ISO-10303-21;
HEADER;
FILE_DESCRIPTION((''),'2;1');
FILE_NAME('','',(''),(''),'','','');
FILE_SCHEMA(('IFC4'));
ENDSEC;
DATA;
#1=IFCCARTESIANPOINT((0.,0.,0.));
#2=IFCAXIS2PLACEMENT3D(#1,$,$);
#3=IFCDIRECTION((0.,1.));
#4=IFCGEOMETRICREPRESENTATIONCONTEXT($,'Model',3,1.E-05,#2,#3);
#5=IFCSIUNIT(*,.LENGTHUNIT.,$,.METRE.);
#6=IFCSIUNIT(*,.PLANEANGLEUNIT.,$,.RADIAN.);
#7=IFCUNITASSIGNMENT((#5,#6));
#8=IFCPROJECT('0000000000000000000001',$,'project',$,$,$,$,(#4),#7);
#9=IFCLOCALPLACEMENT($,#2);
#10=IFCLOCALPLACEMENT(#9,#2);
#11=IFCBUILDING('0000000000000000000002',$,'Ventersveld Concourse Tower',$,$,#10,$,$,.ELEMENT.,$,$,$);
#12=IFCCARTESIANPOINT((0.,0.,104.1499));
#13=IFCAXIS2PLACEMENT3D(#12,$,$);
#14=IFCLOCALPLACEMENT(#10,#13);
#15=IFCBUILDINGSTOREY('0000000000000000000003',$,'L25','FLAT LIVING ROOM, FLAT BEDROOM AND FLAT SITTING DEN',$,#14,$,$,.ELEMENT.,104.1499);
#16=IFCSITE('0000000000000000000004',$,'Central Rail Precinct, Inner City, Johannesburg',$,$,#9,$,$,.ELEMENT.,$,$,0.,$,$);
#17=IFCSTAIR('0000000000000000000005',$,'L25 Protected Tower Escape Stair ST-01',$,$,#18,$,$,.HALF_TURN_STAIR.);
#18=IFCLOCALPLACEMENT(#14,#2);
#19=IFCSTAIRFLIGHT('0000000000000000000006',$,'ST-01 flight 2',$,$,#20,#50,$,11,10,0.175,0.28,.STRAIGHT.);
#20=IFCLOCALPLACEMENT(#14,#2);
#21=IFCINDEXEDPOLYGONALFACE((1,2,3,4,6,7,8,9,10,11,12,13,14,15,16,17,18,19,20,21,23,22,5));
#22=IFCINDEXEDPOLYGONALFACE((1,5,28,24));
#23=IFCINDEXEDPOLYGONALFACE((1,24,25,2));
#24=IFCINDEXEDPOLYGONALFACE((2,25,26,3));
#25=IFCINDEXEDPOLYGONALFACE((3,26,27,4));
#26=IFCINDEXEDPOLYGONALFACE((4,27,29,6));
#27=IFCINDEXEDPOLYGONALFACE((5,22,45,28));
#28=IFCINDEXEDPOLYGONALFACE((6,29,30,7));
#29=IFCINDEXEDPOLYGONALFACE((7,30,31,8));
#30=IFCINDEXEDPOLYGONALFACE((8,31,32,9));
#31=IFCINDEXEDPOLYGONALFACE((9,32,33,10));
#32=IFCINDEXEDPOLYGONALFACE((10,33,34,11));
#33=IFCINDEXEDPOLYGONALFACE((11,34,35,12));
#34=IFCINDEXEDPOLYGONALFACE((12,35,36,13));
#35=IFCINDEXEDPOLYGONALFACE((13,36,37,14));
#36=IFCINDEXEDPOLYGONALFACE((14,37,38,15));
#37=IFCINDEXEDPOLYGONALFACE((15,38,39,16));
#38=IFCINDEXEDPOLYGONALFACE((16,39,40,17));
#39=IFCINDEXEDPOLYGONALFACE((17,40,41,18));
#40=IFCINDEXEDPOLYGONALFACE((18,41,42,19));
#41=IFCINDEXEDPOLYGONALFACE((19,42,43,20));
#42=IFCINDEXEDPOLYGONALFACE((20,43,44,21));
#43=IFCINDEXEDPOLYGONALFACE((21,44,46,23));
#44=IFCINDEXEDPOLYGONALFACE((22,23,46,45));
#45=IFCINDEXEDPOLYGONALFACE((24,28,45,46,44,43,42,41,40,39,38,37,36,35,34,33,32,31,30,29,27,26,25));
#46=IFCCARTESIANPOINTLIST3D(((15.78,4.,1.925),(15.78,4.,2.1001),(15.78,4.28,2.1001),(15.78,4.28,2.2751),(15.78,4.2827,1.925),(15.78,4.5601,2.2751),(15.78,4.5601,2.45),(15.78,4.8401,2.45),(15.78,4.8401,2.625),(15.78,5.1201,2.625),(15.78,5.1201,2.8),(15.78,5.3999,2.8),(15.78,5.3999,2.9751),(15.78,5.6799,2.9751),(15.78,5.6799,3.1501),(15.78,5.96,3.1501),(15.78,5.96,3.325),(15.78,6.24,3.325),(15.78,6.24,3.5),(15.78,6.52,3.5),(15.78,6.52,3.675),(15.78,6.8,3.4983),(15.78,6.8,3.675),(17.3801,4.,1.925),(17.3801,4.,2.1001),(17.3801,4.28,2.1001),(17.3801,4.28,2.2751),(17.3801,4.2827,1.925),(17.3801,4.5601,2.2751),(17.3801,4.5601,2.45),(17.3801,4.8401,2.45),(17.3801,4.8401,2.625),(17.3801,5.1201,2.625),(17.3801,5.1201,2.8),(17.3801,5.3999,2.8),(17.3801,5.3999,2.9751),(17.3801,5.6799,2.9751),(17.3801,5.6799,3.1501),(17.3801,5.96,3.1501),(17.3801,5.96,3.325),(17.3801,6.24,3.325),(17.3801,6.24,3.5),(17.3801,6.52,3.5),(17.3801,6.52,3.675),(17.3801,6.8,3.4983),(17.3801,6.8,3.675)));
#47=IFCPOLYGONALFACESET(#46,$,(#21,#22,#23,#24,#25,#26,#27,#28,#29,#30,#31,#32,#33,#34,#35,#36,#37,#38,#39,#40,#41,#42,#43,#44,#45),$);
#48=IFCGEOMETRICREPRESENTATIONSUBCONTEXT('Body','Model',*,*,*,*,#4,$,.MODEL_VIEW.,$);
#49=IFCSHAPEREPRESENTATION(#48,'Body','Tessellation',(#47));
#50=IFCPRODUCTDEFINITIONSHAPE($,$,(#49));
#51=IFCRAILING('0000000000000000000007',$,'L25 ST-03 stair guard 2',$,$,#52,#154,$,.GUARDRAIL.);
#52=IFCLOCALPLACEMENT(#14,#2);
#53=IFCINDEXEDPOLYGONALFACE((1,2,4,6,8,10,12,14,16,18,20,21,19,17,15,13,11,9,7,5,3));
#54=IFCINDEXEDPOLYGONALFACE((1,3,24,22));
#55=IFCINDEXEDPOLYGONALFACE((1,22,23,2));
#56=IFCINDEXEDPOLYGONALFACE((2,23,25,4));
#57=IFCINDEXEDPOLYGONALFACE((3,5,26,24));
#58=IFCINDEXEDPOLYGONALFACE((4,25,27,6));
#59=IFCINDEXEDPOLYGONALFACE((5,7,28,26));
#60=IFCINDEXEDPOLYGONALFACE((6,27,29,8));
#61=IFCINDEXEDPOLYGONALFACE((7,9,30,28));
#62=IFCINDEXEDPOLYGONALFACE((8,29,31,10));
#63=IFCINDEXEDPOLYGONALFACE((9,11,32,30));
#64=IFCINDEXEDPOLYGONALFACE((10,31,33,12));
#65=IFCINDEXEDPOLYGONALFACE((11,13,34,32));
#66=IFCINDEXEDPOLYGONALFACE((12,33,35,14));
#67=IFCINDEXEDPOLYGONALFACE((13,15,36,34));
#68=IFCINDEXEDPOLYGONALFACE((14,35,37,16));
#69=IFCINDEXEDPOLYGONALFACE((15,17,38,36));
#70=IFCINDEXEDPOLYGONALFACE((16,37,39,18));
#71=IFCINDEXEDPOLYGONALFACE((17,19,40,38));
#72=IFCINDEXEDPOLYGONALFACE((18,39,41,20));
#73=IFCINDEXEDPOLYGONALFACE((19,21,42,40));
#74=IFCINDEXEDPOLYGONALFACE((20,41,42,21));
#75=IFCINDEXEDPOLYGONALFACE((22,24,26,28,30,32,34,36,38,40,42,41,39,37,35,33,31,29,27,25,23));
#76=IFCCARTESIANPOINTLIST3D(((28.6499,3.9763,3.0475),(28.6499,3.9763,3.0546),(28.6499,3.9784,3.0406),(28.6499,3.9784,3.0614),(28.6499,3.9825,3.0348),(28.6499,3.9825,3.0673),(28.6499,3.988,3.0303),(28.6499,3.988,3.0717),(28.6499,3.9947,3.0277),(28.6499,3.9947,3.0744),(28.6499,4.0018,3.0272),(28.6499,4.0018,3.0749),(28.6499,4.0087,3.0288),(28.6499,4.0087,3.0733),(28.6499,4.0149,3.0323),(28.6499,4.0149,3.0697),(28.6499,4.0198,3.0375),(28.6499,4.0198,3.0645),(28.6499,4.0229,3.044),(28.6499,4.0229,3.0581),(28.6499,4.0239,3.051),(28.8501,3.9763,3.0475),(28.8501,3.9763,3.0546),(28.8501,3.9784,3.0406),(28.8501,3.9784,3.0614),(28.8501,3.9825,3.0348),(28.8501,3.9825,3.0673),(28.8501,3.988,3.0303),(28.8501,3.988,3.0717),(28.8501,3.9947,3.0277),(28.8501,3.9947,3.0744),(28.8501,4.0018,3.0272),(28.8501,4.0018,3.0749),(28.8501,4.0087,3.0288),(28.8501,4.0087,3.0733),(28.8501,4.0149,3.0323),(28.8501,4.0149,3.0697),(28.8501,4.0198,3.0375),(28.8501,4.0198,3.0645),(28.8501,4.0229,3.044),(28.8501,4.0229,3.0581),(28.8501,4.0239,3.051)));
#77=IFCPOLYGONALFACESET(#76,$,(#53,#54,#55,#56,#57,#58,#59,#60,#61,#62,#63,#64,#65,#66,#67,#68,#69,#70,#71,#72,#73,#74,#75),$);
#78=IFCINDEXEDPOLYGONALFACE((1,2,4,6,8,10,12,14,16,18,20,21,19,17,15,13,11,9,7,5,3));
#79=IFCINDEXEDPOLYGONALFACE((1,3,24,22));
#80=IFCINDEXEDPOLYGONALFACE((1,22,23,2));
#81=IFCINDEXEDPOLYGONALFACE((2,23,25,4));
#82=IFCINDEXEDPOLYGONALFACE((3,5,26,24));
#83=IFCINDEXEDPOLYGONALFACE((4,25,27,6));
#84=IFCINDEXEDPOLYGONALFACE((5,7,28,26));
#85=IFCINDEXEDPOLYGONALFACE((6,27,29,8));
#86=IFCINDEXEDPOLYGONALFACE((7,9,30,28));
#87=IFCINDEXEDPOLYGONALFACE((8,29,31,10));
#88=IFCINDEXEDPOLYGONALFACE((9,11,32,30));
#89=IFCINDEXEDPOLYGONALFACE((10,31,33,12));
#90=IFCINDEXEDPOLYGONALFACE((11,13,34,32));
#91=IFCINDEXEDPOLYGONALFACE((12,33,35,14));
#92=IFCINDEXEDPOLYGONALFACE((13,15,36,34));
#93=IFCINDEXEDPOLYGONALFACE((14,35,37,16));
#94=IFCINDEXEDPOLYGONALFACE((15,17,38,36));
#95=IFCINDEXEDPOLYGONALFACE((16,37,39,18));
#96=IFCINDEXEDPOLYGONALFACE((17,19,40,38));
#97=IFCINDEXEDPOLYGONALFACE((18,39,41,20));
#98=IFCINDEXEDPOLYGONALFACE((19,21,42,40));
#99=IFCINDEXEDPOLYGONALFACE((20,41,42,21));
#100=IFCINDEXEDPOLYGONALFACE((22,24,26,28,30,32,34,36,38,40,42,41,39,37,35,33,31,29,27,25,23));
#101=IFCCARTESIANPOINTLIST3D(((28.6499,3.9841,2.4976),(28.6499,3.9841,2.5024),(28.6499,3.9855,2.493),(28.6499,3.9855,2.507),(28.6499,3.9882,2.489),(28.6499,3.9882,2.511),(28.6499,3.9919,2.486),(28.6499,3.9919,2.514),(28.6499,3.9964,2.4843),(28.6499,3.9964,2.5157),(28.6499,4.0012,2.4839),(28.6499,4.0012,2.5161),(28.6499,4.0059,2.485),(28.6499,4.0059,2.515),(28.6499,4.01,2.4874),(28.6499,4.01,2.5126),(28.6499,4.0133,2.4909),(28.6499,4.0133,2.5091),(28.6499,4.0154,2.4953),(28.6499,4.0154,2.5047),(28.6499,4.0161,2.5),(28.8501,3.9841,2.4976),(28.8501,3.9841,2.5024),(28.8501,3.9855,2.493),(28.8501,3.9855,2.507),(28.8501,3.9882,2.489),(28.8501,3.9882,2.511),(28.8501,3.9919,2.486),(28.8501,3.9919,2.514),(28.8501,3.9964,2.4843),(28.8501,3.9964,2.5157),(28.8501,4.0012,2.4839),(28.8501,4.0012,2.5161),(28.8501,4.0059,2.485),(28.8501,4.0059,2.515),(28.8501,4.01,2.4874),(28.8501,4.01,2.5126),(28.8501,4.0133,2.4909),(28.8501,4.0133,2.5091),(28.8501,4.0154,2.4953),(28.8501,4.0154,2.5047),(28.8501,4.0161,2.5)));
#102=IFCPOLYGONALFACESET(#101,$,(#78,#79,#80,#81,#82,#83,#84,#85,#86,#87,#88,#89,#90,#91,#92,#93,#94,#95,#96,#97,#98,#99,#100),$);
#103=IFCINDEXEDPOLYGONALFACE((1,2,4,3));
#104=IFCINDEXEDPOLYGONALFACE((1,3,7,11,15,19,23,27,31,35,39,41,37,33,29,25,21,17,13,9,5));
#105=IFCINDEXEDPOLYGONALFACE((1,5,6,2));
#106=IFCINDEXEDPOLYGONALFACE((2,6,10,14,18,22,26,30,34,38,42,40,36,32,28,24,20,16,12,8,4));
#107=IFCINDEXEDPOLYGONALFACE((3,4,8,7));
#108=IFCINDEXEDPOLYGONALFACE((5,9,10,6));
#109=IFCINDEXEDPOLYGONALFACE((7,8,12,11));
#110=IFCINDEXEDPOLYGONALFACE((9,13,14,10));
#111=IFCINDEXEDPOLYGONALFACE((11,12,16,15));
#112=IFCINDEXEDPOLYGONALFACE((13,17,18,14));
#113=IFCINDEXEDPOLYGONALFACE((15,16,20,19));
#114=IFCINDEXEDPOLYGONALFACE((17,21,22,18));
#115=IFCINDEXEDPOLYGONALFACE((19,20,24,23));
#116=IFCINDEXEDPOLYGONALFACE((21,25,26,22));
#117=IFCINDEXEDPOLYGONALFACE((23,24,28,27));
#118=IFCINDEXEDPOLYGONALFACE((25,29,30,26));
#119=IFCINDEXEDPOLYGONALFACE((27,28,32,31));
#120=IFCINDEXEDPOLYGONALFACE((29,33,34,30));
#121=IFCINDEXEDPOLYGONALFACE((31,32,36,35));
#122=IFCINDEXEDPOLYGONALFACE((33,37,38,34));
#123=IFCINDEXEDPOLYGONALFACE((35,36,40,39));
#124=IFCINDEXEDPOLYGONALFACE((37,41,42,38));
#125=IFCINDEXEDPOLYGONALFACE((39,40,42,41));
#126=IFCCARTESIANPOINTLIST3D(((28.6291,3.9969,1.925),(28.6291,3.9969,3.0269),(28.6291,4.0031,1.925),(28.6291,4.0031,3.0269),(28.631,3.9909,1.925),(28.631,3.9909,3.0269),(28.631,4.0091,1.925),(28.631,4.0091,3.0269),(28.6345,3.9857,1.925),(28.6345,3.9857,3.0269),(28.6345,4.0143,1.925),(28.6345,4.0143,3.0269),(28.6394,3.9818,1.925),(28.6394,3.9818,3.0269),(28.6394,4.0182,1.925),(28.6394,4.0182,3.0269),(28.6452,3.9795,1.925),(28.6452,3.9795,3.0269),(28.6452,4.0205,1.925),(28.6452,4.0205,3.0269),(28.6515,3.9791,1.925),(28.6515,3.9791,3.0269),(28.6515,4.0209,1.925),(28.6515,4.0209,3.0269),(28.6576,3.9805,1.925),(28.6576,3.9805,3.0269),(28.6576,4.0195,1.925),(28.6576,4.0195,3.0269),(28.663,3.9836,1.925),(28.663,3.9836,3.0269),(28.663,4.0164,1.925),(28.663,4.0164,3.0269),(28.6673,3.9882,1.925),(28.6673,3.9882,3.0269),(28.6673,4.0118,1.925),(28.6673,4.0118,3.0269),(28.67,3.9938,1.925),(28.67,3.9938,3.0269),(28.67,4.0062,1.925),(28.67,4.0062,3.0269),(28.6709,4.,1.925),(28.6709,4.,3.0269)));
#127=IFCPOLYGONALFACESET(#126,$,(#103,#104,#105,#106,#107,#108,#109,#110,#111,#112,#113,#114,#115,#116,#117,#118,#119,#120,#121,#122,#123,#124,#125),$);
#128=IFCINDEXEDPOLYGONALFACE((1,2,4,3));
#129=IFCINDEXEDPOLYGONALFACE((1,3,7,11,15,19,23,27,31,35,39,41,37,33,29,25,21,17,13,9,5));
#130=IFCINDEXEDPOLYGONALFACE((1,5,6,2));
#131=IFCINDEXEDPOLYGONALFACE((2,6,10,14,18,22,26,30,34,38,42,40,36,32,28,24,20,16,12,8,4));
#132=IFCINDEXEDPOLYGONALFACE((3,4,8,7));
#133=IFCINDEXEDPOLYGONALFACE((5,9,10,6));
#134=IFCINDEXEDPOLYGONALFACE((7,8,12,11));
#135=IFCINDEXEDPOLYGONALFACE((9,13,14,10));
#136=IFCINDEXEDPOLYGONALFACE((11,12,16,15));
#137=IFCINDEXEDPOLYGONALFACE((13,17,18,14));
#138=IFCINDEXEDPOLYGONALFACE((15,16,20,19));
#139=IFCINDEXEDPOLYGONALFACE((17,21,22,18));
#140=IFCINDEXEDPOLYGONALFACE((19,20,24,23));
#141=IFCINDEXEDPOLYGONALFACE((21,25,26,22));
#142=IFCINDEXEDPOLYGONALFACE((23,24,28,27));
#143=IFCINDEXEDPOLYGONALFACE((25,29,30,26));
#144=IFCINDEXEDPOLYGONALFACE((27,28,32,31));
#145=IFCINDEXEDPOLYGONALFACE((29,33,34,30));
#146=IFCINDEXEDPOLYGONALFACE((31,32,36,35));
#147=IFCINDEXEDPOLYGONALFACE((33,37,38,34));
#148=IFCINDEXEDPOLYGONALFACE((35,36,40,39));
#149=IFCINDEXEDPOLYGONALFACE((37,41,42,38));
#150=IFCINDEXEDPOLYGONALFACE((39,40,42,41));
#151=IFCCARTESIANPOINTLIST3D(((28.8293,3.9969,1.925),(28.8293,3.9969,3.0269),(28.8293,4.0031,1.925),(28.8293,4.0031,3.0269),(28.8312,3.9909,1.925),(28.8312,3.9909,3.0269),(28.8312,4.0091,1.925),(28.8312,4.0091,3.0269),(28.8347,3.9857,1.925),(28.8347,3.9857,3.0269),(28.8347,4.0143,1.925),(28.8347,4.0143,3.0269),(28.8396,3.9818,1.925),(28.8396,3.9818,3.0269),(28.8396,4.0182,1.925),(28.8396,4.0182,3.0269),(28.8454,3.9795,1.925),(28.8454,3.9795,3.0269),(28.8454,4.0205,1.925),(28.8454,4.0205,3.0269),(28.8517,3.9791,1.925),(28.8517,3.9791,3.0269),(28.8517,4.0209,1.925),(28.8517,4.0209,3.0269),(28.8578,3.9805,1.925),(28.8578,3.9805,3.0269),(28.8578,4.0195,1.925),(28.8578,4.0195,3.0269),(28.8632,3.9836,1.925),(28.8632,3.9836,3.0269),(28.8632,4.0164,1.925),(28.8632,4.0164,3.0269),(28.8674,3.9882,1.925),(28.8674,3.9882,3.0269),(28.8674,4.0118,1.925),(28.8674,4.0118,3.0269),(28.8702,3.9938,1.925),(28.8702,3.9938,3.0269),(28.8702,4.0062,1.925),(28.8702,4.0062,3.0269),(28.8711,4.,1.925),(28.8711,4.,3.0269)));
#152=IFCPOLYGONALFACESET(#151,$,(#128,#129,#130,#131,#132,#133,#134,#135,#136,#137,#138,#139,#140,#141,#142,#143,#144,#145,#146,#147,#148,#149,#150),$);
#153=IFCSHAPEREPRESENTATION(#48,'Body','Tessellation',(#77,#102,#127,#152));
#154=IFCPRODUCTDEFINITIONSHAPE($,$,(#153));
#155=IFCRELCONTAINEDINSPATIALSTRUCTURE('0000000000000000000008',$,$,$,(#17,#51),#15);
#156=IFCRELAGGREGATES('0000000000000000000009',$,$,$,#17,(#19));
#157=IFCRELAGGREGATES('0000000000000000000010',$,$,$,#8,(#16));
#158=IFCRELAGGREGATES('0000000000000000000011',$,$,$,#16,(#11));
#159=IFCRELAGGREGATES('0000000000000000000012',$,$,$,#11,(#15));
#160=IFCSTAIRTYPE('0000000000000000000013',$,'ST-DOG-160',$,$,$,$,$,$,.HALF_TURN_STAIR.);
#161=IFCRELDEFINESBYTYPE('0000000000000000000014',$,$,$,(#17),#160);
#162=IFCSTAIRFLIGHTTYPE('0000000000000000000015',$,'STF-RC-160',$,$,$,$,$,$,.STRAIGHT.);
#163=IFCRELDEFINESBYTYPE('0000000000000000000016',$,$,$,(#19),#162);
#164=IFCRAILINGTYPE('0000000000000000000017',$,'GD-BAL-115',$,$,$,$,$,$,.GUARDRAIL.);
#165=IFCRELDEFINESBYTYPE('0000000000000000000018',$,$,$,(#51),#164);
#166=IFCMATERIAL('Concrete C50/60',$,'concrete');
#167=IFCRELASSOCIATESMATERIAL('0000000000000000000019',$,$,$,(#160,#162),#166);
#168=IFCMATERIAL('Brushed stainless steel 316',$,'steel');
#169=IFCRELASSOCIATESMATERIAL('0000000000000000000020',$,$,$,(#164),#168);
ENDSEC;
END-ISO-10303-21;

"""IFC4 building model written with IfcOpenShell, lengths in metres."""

from ifc_helpers import new_model, si_unit, direction, frame, origin, origin_2d, place, context, subcontext, project, spatial, polyline, circle, outline, extrude, material, type_object, element, aggregate, save


model = new_model("IFC4")

# Units and contexts
model_context = context("Model", 3, precision=1e-05, world=origin(), true_north=direction((0.0, 1.0)))
body_context = subcontext(model_context, "Body", "Model", "MODEL_VIEW")
ifc_project = project(units=[si_unit("LENGTHUNIT", "METRE"), si_unit("PLANEANGLEUNIT", "RADIAN")], contexts=[model_context])

# Site, building, storey
site_placement = place(None, origin())
site = spatial("IfcSite", under=ifc_project, at=site_placement, Name="Central Rail Precinct, Inner City, Johannesburg", CompositionType="ELEMENT", RefElevation=0.0)
building_placement = place(site_placement, origin())
building = spatial("IfcBuilding", under=site, at=building_placement, Name="Ventersveld Concourse Tower", CompositionType="ELEMENT")
storey_placement = place(building_placement, frame((0.0, 0.0, 104.1499)))
storey = spatial("IfcBuildingStorey", under=building, at=storey_placement, Name="L25", Description="FLAT LIVING ROOM, FLAT BEDROOM AND FLAT SITTING DEN", CompositionType="ELEMENT", Elevation=104.1499)

# Shared definitions
ifc_material_1 = material(Name="Concrete C50/60", Category="concrete")

# Shared definitions
ifc_material_2 = material(Name="Brushed stainless steel 316", Category="steel")

# Stair, stair flight
stair_type = type_object("IfcStairType", Name="ST-DOG-160", PredefinedType="HALF_TURN_STAIR", material=ifc_material_1)
stair_placement = place(storey_placement, origin())
stair = element("IfcStair", 1, at=stair_placement, inside=storey, type_object=stair_type, Name="L25 Protected Tower Escape Stair ST-01", PredefinedType="HALF_TURN_STAIR")
stair_flight_type = type_object("IfcStairFlightType", Name="STF-RC-160", PredefinedType="STRAIGHT", material=ifc_material_1)
stair_flight_placement = place(storey_placement, frame((16.5801, 4.0, 1.925), z_axis=(0.0, 0.0, 1.0), x_axis=(0.0, 1.0, 0.0)))
stair_flight = element("IfcStairFlight", 2, at=stair_flight_placement, type_object=stair_flight_type, Name="ST-01 flight 2", NumberOfRisers=11, NumberOfTreads=10, PredefinedType="STRAIGHT", RiserHeight=0.175, TreadLength=0.28, context=body_context, shape_type="SweptSolid", body=[
    extrude(outline(polyline([(0.0, 0.0), (0.0, 0.175), (0.28, 0.175), (0.28, 0.3501), (0.5601, 0.3501), (0.5601, 0.5249), (0.8401, 0.5249), (0.8401, 0.7), (1.1201, 0.7), (1.1201, 0.875), (1.3999, 0.875), (1.3999, 1.05), (1.6799, 1.05), (1.6799, 1.2251), (1.96, 1.2251), (1.96, 1.3999), (2.24, 1.3999), (2.24, 1.575), (2.52, 1.575), (2.52, 1.75), (2.8, 1.75), (2.8, 1.925), (2.8, 1.5732), (0.2827, 0.0), (0.0, 0.0)])), frame((0.0, 0.8, 0.0), z_axis=(0.0, -1.0, 0.0), x_axis=(1.0, 0.0, 0.0)), (0.0, 0.0, 1.0), 1.6001),
])
aggregate(stair, [stair_flight])

# Railing
railing_type_1 = type_object("IfcRailingType", Name="GD-BAL-115", PredefinedType="GUARDRAIL", material=ifc_material_2)
railing_1_placement = place(storey_placement, frame((28.6499, 4.0, 1.925)))
element("IfcRailing", 3, at=railing_1_placement, inside=storey, type_object=railing_type_1, Name="L25 ST-03 stair guard 2", PredefinedType="GUARDRAIL", context=body_context, shape_type="SweptSolid", body=[
    extrude(circle(Radius=0.0239, at=origin_2d()), frame((0.0, 0.0, 1.126), z_axis=(1.0, 0.0, 0.0), x_axis=(0.0, 1.0, 0.0)), (0.0, 0.0, 1.0), 0.2002),
    extrude(circle(Radius=0.0161, at=origin_2d()), frame((0.0, 0.0, 0.575), z_axis=(1.0, 0.0, 0.0), x_axis=(0.0, 1.0, 0.0)), (0.0, 0.0, 1.0), 0.2002),
    extrude(circle(Radius=0.021, at=origin_2d()), origin(), (0.0, 0.0, 1.0), 1.1018),
    extrude(circle(Radius=0.021, at=origin_2d()), frame((0.2002, 0.0, 0.0)), (0.0, 0.0, 1.0), 1.1018),
])

save(model, "model.ifc")
